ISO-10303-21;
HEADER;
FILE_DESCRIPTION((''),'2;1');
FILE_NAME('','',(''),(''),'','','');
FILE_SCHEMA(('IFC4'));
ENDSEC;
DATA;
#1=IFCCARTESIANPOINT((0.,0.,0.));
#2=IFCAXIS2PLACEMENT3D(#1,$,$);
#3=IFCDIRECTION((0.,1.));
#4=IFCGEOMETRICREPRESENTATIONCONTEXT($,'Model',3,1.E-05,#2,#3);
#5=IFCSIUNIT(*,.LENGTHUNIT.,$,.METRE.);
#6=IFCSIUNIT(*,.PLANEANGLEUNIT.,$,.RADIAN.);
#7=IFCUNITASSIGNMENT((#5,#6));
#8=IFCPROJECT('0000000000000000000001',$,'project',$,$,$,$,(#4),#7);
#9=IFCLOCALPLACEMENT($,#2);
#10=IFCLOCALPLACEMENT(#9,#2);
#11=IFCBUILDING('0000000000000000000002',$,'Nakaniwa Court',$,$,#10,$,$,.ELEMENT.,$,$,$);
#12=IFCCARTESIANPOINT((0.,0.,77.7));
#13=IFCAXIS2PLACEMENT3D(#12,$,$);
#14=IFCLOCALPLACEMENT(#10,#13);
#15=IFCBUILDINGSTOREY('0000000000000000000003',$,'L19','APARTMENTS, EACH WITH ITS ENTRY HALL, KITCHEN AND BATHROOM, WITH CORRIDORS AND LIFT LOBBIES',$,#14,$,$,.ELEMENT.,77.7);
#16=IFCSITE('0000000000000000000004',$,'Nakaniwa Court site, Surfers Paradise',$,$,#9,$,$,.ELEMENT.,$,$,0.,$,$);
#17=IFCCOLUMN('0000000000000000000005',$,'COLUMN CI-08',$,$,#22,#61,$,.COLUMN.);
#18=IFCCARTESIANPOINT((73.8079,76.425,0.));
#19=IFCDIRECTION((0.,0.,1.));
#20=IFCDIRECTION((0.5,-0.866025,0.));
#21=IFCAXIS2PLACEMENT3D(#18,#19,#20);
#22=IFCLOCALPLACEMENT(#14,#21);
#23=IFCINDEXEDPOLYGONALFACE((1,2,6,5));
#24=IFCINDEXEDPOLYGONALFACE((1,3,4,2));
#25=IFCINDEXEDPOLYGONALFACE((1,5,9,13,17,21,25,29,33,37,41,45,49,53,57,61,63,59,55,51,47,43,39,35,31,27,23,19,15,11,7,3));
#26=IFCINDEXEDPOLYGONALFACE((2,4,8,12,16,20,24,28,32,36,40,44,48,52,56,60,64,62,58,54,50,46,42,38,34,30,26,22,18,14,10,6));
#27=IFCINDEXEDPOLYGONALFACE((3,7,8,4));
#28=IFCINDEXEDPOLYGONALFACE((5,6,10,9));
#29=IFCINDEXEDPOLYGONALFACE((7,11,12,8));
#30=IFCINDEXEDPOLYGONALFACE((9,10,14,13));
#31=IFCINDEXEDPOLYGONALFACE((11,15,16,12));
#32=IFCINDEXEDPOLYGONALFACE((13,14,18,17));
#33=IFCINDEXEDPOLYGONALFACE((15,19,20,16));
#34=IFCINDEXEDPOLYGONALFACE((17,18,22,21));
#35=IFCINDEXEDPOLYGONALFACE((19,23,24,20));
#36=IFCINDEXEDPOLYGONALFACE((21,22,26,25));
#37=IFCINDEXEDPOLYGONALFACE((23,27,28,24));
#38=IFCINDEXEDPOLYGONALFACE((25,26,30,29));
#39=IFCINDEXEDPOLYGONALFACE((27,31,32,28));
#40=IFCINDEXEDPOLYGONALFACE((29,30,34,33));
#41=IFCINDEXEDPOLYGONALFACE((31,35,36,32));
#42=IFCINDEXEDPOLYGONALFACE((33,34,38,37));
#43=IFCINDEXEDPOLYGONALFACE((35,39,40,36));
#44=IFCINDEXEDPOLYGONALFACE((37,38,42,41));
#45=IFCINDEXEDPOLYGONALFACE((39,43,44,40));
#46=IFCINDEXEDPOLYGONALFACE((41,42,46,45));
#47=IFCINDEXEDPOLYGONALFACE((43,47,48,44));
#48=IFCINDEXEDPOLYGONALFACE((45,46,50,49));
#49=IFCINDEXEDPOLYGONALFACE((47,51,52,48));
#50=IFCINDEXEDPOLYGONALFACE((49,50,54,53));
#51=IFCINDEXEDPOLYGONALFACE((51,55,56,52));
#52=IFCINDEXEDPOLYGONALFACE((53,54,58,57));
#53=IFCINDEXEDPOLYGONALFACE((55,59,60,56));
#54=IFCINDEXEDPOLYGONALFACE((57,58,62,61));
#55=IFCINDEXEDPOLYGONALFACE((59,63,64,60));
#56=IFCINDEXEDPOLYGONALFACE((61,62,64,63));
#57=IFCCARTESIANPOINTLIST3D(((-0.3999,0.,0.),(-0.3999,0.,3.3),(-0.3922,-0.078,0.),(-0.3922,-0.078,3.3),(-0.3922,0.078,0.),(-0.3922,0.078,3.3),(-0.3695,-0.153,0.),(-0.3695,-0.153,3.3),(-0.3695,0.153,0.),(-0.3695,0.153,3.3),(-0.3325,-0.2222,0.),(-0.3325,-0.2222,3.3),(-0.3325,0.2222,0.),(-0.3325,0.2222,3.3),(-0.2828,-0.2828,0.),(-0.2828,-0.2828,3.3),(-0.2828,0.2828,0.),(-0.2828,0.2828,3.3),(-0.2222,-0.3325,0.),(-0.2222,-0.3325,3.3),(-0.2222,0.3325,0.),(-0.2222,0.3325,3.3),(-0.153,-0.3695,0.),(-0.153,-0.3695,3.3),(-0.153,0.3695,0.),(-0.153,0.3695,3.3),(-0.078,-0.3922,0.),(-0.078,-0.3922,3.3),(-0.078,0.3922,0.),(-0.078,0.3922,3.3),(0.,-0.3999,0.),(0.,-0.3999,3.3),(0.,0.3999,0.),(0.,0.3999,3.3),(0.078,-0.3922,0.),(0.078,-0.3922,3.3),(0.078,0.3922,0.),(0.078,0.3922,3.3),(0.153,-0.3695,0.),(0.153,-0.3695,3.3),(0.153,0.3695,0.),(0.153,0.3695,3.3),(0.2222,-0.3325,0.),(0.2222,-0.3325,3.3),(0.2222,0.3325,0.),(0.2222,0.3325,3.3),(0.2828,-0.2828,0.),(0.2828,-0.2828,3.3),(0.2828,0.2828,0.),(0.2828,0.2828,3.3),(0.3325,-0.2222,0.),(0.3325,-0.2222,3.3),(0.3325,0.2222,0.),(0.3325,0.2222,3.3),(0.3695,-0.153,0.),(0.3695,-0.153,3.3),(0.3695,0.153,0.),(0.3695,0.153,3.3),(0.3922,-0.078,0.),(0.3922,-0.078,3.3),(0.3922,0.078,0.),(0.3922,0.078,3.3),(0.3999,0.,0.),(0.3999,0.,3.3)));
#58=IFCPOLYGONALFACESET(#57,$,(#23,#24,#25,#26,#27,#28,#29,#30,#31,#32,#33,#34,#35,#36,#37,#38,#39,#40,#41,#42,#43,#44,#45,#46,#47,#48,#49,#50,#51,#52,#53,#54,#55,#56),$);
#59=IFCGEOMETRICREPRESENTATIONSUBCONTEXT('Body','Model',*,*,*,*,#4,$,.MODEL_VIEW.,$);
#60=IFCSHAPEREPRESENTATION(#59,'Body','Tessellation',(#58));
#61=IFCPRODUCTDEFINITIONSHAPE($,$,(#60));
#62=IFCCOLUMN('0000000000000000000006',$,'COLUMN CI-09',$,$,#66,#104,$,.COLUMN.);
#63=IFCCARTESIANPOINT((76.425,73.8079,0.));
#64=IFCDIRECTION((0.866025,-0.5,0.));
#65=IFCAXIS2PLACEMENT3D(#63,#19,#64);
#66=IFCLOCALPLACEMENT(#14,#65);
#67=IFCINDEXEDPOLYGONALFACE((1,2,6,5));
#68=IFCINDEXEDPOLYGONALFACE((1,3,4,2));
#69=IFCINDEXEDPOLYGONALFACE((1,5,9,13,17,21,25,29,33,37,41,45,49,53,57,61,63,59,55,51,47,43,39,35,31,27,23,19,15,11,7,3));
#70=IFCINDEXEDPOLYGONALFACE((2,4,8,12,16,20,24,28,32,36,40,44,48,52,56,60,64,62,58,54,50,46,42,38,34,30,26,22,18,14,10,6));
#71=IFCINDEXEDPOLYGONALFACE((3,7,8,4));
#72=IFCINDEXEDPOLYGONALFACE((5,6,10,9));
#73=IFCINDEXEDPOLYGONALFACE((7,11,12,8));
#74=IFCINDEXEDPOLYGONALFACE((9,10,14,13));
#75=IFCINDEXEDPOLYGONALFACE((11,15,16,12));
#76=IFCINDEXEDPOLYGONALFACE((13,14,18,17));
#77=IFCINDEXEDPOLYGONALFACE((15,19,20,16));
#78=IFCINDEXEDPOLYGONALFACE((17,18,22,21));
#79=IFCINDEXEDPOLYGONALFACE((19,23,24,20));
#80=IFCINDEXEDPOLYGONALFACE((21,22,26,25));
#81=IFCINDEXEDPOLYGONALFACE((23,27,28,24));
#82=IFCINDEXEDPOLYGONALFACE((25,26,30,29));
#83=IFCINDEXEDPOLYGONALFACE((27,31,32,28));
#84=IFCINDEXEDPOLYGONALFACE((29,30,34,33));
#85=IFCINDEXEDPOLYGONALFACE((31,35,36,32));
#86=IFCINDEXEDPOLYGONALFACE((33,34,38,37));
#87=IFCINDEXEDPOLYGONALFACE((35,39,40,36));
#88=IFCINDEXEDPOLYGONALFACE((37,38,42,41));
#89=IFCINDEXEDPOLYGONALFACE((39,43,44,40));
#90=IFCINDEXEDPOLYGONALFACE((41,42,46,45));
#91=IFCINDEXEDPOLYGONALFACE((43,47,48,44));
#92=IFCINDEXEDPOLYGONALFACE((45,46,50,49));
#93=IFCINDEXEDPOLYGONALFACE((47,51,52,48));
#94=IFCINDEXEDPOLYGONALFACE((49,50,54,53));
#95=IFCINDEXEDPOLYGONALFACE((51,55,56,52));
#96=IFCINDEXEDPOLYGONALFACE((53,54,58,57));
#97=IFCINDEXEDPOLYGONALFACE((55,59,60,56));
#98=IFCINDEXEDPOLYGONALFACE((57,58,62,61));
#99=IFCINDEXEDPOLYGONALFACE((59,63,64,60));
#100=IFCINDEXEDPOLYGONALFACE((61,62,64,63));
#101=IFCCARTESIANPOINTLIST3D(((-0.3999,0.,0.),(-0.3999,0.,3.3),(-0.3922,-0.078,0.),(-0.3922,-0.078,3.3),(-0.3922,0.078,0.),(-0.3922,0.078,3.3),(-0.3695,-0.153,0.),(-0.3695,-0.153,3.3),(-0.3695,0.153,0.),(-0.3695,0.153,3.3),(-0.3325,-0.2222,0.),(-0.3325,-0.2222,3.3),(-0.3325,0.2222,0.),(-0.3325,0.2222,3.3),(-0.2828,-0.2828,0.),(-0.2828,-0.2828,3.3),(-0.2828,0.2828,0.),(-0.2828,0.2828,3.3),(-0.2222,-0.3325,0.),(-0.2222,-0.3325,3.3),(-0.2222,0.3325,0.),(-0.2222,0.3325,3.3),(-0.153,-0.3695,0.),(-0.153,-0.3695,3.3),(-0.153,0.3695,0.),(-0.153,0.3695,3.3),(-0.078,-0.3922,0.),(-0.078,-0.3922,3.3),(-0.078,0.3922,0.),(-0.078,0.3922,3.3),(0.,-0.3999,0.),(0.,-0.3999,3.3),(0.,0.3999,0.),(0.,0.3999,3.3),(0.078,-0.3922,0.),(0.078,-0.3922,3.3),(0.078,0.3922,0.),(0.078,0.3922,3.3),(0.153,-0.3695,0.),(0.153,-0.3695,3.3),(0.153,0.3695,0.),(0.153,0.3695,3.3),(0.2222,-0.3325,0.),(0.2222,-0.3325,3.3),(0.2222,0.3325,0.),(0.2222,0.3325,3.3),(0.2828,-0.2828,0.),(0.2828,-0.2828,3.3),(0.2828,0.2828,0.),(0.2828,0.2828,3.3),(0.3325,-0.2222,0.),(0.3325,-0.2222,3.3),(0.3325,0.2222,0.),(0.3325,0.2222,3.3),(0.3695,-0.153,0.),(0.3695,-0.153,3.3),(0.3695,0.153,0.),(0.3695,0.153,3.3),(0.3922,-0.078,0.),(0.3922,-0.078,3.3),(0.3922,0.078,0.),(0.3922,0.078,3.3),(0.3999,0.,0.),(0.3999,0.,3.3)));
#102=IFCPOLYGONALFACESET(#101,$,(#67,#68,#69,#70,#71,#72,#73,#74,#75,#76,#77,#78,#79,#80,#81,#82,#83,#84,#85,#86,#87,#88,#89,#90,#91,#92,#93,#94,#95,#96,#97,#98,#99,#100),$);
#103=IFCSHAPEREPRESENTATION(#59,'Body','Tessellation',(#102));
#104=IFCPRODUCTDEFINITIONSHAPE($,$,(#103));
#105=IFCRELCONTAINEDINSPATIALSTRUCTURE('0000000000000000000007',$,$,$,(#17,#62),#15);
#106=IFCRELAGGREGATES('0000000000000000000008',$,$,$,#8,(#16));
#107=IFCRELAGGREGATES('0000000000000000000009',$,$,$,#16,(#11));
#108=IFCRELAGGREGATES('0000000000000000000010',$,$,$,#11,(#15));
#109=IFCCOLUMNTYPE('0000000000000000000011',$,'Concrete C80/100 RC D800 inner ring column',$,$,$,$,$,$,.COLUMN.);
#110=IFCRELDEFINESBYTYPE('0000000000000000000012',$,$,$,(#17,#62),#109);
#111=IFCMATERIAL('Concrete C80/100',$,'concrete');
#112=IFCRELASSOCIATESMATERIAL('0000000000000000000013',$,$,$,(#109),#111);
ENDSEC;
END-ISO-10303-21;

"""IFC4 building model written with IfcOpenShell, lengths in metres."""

from ifc_helpers import new_model, si_unit, direction, frame, origin, origin_2d, place, context, subcontext, project, spatial, circle, extrude, material, material_profile, profile_set, type_object, element, save


model = new_model("IFC4")

# Units and contexts
model_context = context("Model", 3, precision=1e-05, world=origin(), true_north=direction((0.0, 1.0)))
body_context = subcontext(model_context, "Body", "Model", "MODEL_VIEW")
ifc_project = project(units=[si_unit("LENGTHUNIT", "METRE"), si_unit("PLANEANGLEUNIT", "RADIAN")], contexts=[model_context])

# Site, building, storey
site_placement = place(None, origin())
site = spatial("IfcSite", under=ifc_project, at=site_placement, Name="Nakaniwa Court site, Surfers Paradise", CompositionType="ELEMENT", RefElevation=0.0)
building_placement = place(site_placement, origin())
building = spatial("IfcBuilding", under=site, at=building_placement, Name="Nakaniwa Court", CompositionType="ELEMENT")
storey_placement = place(building_placement, frame((0.0, 0.0, 77.7)))
storey = spatial("IfcBuildingStorey", under=building, at=storey_placement, Name="L19", Description="APARTMENTS, EACH WITH ITS ENTRY HALL, KITCHEN AND BATHROOM, WITH CORRIDORS AND LIFT LOBBIES", CompositionType="ELEMENT", Elevation=77.7)

# Columns
ifc_material_1 = material(Name="Concrete C80/100", Category="concrete")
ifc_material_profile_1 = material_profile(ifc_material_1, circle(Radius=0.3999, at=origin_2d()), Name="Concrete C80/100 RC D800 inner ring column")
ifc_profile_set_1 = profile_set([ifc_material_profile_1], Name="Concrete C80/100")
column_type_1 = type_object("IfcColumnType", Name="Concrete C80/100 RC D800 inner ring column", PredefinedType="COLUMN", material=ifc_profile_set_1)
for number, where, z_axis, x_axis, name in (
    (1, (73.8079, 76.425, 0.0), (0.0, 0.0, 1.0), (0.5, -0.866025, 0.0), "COLUMN CI-08"),
    (2, (76.425, 73.8079, 0.0), (0.0, 0.0, 1.0), (0.866025, -0.5, 0.0), "COLUMN CI-09"),
):
    element("IfcColumn", number, at=place(storey_placement, frame(where, z_axis=z_axis, x_axis=x_axis)), inside=storey, type_object=column_type_1, Name=name, PredefinedType="COLUMN", context=body_context, shape_type="SweptSolid", body=[
        extrude(circle(Radius=0.3999, at=origin_2d()), origin(), (0.0, 0.0, 1.0), 3.3),
    ])

save(model, "model.ifc")
